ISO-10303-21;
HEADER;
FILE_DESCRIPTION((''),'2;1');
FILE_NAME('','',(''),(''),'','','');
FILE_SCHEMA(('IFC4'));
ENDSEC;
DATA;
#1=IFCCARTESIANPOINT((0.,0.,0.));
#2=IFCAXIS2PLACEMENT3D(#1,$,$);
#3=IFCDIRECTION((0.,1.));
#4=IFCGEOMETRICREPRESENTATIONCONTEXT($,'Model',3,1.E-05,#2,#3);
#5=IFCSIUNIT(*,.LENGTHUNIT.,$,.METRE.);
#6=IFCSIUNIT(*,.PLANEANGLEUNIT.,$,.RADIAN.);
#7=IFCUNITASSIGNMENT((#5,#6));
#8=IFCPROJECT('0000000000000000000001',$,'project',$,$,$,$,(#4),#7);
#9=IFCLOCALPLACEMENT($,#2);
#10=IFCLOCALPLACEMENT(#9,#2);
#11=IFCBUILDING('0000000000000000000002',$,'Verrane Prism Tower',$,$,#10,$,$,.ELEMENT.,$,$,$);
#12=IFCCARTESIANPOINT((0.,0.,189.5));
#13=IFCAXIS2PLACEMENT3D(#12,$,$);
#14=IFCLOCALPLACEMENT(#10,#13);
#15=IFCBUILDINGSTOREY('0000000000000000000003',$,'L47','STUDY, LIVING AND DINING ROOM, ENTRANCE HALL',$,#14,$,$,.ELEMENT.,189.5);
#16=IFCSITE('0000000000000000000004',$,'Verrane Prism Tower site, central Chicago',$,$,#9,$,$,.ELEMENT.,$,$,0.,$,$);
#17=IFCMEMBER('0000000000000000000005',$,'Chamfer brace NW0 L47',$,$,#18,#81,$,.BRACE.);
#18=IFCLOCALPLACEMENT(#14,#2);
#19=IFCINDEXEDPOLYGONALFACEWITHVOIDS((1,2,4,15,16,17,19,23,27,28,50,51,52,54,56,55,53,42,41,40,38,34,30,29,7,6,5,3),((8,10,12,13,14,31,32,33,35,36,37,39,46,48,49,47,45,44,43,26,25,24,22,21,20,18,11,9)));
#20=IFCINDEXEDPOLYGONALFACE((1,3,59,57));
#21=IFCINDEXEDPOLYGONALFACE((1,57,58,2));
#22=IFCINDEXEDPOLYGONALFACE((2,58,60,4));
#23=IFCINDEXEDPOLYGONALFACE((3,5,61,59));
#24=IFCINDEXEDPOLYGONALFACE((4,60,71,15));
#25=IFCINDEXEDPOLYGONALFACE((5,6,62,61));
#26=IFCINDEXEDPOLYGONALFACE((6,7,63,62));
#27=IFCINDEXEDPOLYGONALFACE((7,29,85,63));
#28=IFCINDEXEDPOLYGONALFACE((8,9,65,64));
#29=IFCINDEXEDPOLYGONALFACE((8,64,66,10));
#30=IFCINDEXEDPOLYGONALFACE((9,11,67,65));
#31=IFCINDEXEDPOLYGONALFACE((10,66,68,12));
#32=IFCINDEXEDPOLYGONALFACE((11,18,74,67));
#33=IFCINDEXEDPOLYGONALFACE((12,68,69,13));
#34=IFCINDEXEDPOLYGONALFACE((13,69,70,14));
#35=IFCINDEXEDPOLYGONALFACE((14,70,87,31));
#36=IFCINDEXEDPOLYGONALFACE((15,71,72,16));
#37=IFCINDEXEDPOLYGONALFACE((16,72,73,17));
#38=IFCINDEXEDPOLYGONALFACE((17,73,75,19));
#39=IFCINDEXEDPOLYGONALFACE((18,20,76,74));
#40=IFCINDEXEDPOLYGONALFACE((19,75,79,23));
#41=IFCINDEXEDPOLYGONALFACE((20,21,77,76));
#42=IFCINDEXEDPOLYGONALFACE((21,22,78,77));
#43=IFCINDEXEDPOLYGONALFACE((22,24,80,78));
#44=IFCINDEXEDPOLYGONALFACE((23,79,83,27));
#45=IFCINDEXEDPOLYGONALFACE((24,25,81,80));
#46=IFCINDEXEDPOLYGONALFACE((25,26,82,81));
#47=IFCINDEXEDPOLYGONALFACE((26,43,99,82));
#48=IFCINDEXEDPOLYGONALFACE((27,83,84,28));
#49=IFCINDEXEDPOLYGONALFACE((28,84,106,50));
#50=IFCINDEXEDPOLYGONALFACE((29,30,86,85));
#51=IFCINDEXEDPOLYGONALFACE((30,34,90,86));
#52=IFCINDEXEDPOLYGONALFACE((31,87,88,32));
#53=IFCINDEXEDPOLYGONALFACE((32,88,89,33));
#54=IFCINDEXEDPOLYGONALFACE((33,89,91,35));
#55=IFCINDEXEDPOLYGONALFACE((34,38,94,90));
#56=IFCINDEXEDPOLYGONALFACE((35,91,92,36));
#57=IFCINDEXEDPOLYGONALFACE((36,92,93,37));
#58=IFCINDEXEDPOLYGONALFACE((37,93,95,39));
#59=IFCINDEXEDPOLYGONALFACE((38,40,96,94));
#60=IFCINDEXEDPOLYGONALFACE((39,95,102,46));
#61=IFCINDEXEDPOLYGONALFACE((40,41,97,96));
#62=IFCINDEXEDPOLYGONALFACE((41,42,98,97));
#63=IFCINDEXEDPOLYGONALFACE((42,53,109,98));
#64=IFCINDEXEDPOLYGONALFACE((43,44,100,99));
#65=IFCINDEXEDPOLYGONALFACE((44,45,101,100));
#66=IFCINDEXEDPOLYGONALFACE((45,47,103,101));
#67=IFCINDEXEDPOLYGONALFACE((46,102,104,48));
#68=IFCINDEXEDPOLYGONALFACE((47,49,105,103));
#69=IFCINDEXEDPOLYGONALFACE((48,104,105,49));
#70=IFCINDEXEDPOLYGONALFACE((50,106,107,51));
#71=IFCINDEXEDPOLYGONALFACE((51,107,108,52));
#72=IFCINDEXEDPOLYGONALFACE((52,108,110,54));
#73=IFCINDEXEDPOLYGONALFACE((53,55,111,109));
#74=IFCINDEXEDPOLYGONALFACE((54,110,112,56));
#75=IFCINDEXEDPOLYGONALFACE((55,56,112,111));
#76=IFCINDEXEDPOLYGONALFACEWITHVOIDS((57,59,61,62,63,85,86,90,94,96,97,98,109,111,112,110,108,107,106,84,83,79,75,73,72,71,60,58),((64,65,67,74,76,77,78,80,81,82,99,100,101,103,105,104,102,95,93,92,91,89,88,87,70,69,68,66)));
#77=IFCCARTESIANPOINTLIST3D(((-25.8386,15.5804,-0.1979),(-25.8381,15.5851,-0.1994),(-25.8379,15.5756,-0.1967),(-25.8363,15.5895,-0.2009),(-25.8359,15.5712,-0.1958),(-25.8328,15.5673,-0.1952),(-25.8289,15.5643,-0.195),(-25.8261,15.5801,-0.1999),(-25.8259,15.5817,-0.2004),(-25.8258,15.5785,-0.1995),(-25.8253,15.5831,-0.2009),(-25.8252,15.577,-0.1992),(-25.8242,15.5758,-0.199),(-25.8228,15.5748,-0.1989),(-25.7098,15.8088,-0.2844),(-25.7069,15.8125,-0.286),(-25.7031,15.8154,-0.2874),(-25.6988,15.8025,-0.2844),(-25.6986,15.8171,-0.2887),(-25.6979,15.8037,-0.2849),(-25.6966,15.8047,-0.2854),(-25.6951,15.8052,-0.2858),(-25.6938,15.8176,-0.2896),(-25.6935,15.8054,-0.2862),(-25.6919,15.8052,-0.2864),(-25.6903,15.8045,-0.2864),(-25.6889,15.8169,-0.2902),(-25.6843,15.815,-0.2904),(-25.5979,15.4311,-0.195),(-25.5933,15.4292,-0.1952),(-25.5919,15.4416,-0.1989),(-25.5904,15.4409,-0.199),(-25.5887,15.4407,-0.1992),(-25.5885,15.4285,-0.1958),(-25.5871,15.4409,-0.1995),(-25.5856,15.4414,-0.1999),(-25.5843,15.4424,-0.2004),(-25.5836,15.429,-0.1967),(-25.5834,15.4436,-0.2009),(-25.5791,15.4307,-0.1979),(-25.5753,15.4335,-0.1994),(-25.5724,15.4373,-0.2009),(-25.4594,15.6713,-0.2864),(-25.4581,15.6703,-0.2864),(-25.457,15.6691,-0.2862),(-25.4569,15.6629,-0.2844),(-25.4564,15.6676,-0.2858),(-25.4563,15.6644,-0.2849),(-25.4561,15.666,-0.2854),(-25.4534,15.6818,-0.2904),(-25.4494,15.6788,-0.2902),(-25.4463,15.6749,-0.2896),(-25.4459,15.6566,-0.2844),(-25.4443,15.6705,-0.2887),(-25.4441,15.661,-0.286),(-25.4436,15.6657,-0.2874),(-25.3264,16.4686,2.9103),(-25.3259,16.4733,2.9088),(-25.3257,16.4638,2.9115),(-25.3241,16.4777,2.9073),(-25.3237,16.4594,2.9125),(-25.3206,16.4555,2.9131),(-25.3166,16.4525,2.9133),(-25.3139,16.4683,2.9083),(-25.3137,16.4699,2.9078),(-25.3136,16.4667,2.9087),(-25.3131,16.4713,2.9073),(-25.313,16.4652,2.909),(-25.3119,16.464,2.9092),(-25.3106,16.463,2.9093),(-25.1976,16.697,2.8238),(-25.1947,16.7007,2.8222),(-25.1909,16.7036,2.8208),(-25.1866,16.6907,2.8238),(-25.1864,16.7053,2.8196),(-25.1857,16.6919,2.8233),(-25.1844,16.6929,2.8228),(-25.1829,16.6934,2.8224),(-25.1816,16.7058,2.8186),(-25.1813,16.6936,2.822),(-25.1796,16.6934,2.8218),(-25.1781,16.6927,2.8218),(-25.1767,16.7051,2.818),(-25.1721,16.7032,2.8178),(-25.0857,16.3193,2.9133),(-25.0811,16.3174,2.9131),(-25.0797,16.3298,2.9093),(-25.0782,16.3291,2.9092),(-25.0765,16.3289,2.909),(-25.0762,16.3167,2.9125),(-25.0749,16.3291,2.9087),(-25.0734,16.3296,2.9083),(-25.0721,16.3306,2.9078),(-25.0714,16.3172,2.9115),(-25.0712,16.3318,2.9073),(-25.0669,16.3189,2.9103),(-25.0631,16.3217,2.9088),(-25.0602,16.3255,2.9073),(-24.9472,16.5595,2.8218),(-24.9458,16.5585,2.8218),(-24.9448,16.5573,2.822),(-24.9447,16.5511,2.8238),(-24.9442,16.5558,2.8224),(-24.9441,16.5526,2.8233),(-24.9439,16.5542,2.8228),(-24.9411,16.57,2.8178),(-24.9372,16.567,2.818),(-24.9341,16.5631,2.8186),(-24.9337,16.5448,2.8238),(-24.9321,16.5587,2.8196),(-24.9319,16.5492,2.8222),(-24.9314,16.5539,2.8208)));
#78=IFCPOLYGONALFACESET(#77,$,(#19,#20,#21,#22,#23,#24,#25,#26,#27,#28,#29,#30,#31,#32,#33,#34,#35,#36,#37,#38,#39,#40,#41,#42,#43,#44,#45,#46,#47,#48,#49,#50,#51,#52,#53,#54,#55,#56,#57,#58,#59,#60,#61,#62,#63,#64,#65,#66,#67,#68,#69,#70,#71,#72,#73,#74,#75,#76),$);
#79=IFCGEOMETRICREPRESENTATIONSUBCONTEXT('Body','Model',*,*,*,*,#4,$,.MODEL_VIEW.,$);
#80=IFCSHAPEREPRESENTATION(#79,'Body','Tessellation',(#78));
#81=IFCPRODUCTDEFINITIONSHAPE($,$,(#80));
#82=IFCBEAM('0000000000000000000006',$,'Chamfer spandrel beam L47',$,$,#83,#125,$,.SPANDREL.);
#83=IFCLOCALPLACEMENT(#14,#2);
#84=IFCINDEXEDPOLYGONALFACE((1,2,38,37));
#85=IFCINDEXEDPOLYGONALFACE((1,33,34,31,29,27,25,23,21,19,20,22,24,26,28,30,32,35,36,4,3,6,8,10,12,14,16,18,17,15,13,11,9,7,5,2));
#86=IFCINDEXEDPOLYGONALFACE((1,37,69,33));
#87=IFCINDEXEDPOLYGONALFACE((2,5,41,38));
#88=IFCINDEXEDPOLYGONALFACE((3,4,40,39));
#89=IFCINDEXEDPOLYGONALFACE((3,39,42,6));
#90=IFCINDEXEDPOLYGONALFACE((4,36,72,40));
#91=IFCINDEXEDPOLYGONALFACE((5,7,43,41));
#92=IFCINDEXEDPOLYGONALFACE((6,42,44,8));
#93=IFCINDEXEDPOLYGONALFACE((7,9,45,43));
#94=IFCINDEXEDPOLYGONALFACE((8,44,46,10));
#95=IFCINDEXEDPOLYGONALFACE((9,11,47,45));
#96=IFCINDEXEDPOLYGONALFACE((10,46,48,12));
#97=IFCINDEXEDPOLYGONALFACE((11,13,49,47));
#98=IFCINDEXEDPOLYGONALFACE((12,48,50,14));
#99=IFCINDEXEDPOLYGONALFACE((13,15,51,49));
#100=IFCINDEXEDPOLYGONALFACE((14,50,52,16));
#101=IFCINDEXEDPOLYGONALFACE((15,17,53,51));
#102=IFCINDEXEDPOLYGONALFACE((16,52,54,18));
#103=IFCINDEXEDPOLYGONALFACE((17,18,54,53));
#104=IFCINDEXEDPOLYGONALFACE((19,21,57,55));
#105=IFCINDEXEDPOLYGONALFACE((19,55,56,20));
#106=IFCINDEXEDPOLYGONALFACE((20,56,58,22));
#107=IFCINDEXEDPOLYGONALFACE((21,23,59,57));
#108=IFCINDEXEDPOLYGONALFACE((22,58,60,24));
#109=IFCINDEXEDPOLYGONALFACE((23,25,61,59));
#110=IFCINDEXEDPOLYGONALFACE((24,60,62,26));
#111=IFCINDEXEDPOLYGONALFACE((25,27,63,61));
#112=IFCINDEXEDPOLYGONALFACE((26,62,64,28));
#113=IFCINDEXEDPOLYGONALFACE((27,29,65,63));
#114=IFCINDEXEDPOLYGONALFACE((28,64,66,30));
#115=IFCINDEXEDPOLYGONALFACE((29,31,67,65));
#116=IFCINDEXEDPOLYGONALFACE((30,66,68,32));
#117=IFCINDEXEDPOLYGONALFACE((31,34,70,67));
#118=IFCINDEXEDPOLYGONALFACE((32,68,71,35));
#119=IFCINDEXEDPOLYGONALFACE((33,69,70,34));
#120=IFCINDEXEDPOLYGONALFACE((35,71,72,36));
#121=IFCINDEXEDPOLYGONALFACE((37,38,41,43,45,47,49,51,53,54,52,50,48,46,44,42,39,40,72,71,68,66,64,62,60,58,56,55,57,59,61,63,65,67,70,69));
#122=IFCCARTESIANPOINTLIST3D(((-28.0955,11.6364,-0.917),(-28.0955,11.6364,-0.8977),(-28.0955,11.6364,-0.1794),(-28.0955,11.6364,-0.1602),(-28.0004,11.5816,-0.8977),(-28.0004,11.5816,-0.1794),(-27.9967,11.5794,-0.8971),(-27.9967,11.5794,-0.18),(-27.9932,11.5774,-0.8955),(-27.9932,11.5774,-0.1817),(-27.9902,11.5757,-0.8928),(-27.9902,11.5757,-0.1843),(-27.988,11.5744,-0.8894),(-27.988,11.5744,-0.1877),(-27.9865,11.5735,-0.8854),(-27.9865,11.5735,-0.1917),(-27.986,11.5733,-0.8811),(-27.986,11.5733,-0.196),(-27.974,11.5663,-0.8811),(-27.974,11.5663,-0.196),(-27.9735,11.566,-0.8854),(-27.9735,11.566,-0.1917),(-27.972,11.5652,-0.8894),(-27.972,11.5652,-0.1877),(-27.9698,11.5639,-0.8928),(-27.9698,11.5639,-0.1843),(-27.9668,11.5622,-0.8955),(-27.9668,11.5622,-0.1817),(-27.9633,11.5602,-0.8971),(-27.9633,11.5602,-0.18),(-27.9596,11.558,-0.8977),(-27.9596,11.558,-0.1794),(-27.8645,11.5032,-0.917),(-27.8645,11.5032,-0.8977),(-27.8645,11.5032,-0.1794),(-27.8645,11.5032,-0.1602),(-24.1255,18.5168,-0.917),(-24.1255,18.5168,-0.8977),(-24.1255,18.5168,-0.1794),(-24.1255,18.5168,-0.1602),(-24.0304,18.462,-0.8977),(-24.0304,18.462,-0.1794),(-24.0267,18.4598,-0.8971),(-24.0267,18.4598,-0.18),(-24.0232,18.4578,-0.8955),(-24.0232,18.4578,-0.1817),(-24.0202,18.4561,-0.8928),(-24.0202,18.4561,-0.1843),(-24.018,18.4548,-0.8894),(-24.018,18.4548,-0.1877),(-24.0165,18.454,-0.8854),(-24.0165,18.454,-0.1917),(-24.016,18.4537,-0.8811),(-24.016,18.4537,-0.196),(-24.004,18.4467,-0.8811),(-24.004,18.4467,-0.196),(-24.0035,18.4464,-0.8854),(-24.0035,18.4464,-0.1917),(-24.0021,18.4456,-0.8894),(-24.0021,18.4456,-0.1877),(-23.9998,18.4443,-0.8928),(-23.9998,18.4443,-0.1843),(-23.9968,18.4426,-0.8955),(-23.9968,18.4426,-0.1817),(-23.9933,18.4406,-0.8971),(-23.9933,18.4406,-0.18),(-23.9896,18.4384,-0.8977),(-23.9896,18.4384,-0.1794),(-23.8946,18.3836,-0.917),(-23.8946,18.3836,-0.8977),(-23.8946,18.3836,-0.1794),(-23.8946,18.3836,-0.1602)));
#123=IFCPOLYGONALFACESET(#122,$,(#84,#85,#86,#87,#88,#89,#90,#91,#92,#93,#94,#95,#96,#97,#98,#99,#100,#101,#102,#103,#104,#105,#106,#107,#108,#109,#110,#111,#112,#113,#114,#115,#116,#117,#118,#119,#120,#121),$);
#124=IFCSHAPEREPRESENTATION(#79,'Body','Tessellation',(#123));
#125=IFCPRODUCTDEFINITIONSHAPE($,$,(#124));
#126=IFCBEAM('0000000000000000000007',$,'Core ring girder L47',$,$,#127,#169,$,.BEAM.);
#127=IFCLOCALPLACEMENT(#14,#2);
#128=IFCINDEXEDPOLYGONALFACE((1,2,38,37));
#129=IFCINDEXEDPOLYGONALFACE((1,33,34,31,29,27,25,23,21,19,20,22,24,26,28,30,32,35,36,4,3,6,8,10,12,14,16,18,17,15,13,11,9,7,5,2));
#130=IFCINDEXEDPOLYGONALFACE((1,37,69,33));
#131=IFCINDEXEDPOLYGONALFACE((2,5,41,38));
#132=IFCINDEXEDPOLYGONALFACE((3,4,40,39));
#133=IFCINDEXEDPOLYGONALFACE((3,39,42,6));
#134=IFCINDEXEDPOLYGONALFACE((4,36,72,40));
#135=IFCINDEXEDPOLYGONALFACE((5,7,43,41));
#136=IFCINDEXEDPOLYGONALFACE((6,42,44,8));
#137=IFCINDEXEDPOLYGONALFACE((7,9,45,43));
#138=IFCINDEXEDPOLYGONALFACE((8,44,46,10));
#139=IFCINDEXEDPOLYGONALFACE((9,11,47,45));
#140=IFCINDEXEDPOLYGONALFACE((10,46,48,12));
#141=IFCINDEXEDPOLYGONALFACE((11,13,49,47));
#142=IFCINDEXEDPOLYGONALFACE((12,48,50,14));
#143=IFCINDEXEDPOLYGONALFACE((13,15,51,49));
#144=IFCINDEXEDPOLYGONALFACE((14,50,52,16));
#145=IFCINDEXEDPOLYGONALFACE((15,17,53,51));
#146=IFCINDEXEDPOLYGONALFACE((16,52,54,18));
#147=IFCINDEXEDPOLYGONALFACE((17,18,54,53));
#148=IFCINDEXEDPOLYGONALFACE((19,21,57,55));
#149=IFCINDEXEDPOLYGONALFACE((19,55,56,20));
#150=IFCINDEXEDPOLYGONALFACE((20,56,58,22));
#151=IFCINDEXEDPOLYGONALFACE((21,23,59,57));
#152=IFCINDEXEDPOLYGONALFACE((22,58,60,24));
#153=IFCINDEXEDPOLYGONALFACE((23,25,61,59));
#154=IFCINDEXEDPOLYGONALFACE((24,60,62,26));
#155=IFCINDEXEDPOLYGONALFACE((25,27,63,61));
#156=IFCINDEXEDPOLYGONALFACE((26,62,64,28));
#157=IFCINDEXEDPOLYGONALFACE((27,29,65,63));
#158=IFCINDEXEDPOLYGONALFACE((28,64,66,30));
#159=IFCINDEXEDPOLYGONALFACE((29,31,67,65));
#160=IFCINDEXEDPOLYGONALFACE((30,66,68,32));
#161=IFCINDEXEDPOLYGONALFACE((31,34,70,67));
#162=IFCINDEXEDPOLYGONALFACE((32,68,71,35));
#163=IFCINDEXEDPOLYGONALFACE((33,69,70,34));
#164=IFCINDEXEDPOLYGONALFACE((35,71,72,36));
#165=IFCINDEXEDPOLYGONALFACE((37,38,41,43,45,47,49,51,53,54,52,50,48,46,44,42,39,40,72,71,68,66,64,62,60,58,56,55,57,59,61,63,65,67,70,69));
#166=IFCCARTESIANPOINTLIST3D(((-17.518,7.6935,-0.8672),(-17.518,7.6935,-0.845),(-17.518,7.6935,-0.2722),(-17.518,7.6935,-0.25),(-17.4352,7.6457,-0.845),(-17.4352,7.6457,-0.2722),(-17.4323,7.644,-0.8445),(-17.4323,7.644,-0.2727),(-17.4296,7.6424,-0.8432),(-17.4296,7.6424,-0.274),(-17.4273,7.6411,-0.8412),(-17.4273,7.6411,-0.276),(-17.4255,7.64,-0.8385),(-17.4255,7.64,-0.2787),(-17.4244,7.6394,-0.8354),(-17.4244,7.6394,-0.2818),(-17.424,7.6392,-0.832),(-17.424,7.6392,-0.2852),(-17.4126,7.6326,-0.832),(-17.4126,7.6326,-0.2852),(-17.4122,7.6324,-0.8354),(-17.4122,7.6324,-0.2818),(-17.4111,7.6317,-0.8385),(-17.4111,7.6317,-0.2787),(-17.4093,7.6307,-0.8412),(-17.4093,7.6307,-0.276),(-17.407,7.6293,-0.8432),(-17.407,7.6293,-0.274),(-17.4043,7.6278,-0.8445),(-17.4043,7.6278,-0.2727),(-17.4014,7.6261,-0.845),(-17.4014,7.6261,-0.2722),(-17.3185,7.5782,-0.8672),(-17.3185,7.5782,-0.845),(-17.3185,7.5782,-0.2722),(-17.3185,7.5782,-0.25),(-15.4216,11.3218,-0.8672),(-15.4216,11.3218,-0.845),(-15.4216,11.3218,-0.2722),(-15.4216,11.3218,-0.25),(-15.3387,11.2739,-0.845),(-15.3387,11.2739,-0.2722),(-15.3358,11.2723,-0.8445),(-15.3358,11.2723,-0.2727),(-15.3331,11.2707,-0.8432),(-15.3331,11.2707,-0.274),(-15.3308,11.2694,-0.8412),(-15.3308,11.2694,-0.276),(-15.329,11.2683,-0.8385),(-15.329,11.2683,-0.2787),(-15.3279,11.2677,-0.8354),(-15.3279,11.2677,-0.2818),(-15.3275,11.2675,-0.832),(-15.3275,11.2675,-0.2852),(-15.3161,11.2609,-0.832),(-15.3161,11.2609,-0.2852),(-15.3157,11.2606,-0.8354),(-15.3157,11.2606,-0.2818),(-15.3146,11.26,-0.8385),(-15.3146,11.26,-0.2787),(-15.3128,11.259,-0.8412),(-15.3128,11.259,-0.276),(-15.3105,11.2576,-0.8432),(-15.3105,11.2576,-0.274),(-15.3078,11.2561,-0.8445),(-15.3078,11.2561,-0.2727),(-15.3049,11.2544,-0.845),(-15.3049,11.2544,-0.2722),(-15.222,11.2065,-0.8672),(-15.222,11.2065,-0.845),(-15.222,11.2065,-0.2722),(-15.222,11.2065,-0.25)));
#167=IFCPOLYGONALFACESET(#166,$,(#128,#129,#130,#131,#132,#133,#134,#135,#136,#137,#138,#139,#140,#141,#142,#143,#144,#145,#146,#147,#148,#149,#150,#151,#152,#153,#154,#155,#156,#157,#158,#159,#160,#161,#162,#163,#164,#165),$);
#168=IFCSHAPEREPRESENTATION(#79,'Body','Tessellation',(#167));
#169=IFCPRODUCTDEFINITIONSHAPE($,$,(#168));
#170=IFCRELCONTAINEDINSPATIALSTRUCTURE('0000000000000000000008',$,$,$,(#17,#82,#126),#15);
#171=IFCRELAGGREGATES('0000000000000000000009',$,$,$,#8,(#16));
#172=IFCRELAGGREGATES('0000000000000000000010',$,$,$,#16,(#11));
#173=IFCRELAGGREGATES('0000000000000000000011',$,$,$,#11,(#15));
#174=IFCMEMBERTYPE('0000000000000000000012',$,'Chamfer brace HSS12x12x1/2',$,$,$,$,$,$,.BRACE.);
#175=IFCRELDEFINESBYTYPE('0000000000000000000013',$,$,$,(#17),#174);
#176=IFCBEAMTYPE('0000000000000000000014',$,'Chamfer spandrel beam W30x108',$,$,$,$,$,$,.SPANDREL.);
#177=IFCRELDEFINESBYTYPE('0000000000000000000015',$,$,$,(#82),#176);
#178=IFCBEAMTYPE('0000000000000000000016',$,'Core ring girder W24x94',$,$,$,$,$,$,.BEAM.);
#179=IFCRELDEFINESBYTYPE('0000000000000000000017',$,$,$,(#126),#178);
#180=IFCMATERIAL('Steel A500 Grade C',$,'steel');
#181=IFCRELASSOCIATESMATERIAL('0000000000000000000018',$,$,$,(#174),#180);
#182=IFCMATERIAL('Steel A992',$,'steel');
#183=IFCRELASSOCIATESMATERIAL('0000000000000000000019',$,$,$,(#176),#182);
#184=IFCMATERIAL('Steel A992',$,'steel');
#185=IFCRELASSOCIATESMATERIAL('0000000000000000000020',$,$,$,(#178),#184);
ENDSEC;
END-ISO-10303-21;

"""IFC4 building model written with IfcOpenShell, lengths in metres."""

from ifc_helpers import new_model, si_unit, direction, frame, origin, origin_2d, place, context, subcontext, project, spatial, hollow_rectangle, i_section, extrude, material, material_profile, profile_set, type_object, element, save


model = new_model("IFC4")

# Units and contexts
model_context = context("Model", 3, precision=1e-05, world=origin(), true_north=direction((0.0, 1.0)))
body_context = subcontext(model_context, "Body", "Model", "MODEL_VIEW")
ifc_project = project(units=[si_unit("LENGTHUNIT", "METRE"), si_unit("PLANEANGLEUNIT", "RADIAN")], contexts=[model_context])

# Site, building, storey
site_placement = place(None, origin())
site = spatial("IfcSite", under=ifc_project, at=site_placement, Name="Verrane Prism Tower site, central Chicago", CompositionType="ELEMENT", RefElevation=0.0)
building_placement = place(site_placement, origin())
building = spatial("IfcBuilding", under=site, at=building_placement, Name="Verrane Prism Tower", CompositionType="ELEMENT")
storey_placement = place(building_placement, frame((0.0, 0.0, 189.5)))
storey = spatial("IfcBuildingStorey", under=building, at=storey_placement, Name="L47", Description="STUDY, LIVING AND DINING ROOM, ENTRANCE HALL", CompositionType="ELEMENT", Elevation=189.5)

# Member
ifc_material_1 = material(Name="Steel A500 Grade C", Category="steel")
ifc_material_profile_1 = material_profile(ifc_material_1, hollow_rectangle(XDim=0.3047, YDim=0.3047, WallThickness=0.0127, InnerFilletRadius=0.0063, OuterFilletRadius=0.019, at=origin_2d()), Name="HSS12x12x1/2")
ifc_profile_set_1 = profile_set([ifc_material_profile_1], Name="Steel A500 Grade C")
member_type_1 = type_object("IfcMemberType", Name="Chamfer brace HSS12x12x1/2", PredefinedType="BRACE", material=ifc_profile_set_1)
member_1_placement = place(storey_placement, frame((-25.6411, 15.623, -0.2427), z_axis=(0.1565, 0.271375, 0.949665), x_axis=(-0.866273, 0.499571, 0.0)))
element("IfcMember", 1, at=member_1_placement, inside=storey, type_object=member_type_1, Name="Chamfer brace NW0 L47", PredefinedType="BRACE", context=body_context, shape_type="SweptSolid", body=[
    extrude(hollow_rectangle(XDim=0.3047, YDim=0.3047, WallThickness=0.0127, InnerFilletRadius=0.0063, OuterFilletRadius=0.019, at=origin_2d()), origin(), (0.0, 0.0, 1.0), 3.2729),
])

# Beams
ifc_material_2 = material(Name="Steel A992", Category="steel")
ifc_material_profile_2 = material_profile(ifc_material_2, i_section(OverallWidth=0.2666, OverallDepth=0.7568, WebThickness=0.0139, FlangeThickness=0.0193, FilletRadius=0.0166, at=origin_2d()), Name="W30x108")
ifc_profile_set_2 = profile_set([ifc_material_profile_2], Name="Steel A992")
beam_type_1 = type_object("IfcBeamType", Name="Chamfer spandrel beam W30x108", PredefinedType="SPANDREL", material=ifc_profile_set_2)
beam_1_placement = place(storey_placement, frame((-24.01, 18.4502, -0.5386), z_axis=(-0.499772, -0.866157, 0.0), x_axis=(0.866157, -0.499772, 0.0)))
element("IfcBeam", 2, at=beam_1_placement, inside=storey, type_object=beam_type_1, Name="Chamfer spandrel beam L47", PredefinedType="SPANDREL", context=body_context, shape_type="SweptSolid", body=[
    extrude(i_section(OverallWidth=0.2666, OverallDepth=0.7568, WebThickness=0.0139, FlangeThickness=0.0193, FilletRadius=0.0166, at=origin_2d()), origin(), (0.0, 0.0, 1.0), 7.9436),
])
ifc_material_3 = material(Name="Steel A992", Category="steel")
ifc_material_profile_3 = material_profile(ifc_material_3, i_section(OverallWidth=0.2305, OverallDepth=0.6172, WebThickness=0.0132, FlangeThickness=0.0222, FilletRadius=0.0129, at=origin_2d()), Name="W24x94")
ifc_profile_set_3 = profile_set([ifc_material_profile_3], Name="Steel A992")
beam_type_2 = type_object("IfcBeamType", Name="Core ring girder W24x94", PredefinedType="BEAM", material=ifc_profile_set_3)
beam_2_placement = place(storey_placement, frame((-15.3218, 11.2642, -0.5586), z_axis=(-0.500306, -0.865849, 0.0), x_axis=(0.865849, -0.500306, 0.0)))
element("IfcBeam", 3, at=beam_2_placement, inside=storey, type_object=beam_type_2, Name="Core ring girder L47", PredefinedType="BEAM", context=body_context, shape_type="SweptSolid", body=[
    extrude(i_section(OverallWidth=0.2305, OverallDepth=0.6172, WebThickness=0.0132, FlangeThickness=0.0222, FilletRadius=0.0129, at=origin_2d()), origin(), (0.0, 0.0, 1.0), 4.1904),
])

save(model, "model.ifc")
